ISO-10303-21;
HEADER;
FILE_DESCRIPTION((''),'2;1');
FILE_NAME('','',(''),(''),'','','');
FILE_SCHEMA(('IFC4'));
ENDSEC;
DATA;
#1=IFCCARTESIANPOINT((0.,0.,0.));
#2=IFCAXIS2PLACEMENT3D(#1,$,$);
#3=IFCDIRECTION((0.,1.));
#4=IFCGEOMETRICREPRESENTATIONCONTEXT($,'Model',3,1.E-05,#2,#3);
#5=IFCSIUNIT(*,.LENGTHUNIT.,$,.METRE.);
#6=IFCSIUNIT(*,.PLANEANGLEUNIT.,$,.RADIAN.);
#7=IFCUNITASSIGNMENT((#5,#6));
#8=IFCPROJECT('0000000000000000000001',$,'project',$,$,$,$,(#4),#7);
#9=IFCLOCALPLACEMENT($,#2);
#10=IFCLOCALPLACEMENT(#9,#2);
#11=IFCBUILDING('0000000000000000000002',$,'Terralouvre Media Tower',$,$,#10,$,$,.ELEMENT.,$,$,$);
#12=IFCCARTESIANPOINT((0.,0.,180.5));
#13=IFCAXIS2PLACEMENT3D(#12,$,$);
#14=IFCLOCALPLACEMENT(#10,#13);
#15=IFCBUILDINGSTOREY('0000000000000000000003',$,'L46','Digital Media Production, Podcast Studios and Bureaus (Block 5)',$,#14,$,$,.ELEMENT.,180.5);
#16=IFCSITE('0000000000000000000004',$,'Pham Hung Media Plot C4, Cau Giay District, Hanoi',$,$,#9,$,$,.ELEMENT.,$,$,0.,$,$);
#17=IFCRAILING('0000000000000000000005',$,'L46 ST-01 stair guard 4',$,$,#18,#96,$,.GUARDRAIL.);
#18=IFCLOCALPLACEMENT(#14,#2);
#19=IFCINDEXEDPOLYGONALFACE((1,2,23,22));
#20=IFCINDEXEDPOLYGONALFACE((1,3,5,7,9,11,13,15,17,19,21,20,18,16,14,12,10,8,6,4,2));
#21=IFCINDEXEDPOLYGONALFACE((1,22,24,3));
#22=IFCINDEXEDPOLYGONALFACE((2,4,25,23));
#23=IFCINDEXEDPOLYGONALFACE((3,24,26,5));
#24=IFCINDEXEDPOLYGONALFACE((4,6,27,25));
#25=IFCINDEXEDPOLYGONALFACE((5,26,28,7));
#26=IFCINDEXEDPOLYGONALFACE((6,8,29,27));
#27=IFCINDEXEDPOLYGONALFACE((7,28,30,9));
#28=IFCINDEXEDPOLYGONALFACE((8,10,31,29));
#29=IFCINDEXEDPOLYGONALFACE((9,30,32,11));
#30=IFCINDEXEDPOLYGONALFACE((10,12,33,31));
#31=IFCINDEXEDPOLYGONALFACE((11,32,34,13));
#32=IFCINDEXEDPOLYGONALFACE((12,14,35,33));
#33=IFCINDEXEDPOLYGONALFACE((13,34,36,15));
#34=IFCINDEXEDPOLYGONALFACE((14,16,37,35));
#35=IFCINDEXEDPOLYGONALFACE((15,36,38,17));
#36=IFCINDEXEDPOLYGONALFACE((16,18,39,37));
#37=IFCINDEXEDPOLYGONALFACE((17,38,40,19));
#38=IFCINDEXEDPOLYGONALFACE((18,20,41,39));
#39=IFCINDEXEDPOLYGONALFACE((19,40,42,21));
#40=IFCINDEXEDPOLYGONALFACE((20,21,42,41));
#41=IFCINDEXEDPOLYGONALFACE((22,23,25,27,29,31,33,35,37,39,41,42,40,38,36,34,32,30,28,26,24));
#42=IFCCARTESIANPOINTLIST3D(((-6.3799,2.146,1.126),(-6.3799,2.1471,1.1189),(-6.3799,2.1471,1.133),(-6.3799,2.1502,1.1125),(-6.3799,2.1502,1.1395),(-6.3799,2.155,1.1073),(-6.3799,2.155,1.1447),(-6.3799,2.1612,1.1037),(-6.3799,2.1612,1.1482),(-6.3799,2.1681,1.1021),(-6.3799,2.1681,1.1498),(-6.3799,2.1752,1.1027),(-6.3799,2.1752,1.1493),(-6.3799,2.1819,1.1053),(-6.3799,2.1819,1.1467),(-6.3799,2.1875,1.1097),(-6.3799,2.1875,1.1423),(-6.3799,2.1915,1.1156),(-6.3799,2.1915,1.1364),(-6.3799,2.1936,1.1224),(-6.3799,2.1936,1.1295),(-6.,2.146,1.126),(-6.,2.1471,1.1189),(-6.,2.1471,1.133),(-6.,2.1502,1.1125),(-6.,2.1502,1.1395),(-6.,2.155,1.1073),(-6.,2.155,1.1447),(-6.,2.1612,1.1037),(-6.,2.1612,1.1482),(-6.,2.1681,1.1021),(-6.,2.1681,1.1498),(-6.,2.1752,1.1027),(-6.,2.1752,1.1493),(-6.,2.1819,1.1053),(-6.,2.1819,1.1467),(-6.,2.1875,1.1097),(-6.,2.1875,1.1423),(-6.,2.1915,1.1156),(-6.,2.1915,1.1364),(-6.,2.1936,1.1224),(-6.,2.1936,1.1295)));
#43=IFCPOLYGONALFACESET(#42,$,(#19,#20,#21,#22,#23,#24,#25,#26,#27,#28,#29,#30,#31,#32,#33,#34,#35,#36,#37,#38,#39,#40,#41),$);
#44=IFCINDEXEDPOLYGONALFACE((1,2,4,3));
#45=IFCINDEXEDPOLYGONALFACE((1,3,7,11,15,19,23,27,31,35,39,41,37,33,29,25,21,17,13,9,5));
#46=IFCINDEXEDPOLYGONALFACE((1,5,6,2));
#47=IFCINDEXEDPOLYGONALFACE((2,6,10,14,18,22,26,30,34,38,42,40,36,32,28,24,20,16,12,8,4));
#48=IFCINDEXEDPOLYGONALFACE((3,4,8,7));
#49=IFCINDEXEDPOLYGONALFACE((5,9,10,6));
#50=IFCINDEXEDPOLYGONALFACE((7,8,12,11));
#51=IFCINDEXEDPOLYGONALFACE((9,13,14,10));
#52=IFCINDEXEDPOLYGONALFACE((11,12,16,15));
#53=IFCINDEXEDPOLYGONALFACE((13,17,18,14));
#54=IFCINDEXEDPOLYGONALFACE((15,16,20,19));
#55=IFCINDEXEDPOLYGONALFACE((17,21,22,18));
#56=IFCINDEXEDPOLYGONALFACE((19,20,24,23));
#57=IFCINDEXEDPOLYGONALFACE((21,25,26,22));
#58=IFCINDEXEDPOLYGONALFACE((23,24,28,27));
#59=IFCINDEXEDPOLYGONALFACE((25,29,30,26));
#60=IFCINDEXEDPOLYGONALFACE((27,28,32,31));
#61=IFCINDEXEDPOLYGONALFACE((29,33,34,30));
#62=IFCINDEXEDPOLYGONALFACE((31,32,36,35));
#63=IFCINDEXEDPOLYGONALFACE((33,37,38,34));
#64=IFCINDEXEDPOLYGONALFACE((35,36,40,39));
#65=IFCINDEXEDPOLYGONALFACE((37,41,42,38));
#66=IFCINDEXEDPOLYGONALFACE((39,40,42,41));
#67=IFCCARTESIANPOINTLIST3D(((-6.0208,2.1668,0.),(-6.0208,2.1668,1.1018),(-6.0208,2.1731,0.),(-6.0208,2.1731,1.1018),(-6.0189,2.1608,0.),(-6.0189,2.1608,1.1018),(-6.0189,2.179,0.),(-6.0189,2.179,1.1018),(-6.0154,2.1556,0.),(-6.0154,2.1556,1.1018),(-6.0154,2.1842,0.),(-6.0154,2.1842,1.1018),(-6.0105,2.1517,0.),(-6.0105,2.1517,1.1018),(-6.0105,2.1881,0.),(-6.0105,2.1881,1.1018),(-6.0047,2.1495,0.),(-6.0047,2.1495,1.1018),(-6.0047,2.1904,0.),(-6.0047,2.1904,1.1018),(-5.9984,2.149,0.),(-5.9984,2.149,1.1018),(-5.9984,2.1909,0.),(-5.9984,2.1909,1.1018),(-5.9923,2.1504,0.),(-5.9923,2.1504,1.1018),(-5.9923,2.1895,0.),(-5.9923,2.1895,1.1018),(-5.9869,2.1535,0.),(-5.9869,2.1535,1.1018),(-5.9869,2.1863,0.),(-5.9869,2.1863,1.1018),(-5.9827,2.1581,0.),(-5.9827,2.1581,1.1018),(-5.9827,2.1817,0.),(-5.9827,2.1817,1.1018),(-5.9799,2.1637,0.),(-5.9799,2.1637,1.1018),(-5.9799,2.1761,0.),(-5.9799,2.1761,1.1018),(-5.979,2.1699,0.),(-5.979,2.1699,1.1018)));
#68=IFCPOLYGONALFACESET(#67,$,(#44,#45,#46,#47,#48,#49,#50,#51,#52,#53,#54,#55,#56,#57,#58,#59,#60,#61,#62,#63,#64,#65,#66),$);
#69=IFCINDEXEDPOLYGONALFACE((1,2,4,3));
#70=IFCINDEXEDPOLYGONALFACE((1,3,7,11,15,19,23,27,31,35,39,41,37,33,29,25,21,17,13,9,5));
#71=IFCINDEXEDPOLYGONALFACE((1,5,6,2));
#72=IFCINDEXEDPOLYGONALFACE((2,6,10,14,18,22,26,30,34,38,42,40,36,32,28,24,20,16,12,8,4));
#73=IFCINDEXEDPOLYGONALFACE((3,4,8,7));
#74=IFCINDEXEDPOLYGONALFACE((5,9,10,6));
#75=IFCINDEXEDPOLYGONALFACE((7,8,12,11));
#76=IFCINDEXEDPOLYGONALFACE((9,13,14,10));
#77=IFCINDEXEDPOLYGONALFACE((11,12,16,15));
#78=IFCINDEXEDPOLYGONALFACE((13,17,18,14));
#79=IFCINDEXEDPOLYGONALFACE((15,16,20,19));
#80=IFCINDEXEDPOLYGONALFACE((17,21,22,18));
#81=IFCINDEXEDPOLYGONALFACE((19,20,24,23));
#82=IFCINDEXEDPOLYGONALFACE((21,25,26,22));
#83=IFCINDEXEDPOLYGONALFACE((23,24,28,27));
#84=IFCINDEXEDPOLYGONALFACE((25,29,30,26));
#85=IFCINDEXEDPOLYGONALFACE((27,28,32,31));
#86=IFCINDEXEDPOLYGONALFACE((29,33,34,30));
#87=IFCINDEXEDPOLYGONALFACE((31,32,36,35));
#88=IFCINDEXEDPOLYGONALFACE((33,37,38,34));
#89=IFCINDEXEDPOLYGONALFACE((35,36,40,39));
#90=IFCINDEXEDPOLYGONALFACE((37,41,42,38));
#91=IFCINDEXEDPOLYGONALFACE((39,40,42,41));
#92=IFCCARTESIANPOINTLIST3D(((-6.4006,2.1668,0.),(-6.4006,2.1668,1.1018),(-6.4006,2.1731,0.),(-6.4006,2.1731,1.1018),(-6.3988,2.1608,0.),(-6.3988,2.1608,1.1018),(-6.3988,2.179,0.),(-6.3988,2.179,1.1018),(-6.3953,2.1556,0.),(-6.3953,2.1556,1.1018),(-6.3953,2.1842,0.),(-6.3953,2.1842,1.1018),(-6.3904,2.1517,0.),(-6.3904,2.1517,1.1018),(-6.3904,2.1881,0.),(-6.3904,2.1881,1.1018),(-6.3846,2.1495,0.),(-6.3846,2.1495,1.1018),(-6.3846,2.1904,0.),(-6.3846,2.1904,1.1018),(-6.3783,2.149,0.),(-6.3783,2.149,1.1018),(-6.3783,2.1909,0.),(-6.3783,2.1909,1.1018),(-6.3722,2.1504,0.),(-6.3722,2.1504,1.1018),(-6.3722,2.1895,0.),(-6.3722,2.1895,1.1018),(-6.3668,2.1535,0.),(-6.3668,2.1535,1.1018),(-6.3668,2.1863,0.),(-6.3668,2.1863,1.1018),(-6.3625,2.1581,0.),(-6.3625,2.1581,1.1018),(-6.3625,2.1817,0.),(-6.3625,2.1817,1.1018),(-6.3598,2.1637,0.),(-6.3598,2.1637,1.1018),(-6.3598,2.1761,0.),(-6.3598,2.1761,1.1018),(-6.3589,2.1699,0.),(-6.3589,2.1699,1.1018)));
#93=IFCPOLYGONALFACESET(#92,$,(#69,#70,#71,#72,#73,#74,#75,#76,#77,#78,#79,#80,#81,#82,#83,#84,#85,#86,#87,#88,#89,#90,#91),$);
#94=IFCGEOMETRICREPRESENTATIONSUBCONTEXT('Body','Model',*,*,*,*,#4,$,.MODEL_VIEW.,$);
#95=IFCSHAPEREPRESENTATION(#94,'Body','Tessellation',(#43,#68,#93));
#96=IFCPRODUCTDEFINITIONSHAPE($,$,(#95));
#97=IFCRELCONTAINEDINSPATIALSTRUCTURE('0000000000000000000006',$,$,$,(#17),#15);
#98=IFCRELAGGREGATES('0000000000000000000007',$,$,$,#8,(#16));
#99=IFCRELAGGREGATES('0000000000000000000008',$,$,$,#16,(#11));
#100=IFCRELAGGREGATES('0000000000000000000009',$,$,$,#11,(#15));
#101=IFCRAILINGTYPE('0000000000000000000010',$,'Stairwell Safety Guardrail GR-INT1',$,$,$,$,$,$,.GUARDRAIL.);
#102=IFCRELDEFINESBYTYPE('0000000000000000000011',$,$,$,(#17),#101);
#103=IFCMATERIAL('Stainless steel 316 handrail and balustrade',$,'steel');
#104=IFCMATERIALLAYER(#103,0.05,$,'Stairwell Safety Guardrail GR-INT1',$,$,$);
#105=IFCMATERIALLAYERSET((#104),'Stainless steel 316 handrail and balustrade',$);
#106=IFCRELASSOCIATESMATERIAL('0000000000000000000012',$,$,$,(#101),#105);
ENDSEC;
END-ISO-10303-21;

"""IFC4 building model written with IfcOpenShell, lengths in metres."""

from ifc_helpers import new_model, si_unit, direction, frame, origin, origin_2d, place, context, subcontext, project, spatial, circle, extrude, material, layer, layer_set, type_object, element, save


model = new_model("IFC4")

# Units and contexts
model_context = context("Model", 3, precision=1e-05, world=origin(), true_north=direction((0.0, 1.0)))
body_context = subcontext(model_context, "Body", "Model", "MODEL_VIEW")
ifc_project = project(units=[si_unit("LENGTHUNIT", "METRE"), si_unit("PLANEANGLEUNIT", "RADIAN")], contexts=[model_context])

# Site, building, storey
site_placement = place(None, origin())
site = spatial("IfcSite", under=ifc_project, at=site_placement, Name="Pham Hung Media Plot C4, Cau Giay District, Hanoi", CompositionType="ELEMENT", RefElevation=0.0)
building_placement = place(site_placement, origin())
building = spatial("IfcBuilding", under=site, at=building_placement, Name="Terralouvre Media Tower", CompositionType="ELEMENT")
storey_placement = place(building_placement, frame((0.0, 0.0, 180.5)))
storey = spatial("IfcBuildingStorey", under=building, at=storey_placement, Name="L46", Description="Digital Media Production, Podcast Studios and Bureaus (Block 5)", CompositionType="ELEMENT", Elevation=180.5)

# Railing
ifc_material_1 = material(Name="Stainless steel 316 handrail and balustrade", Category="steel")
ifc_layer_1 = layer(ifc_material_1, 0.05, Name="Stairwell Safety Guardrail GR-INT1")
ifc_layer_set_1 = layer_set([ifc_layer_1], Name="Stainless steel 316 handrail and balustrade")
railing_type_1 = type_object("IfcRailingType", Name="Stairwell Safety Guardrail GR-INT1", PredefinedType="GUARDRAIL", material=ifc_layer_set_1)
railing_1_placement = place(storey_placement, frame((-6.0, 2.1699, 0.0)))
element("IfcRailing", 1, at=railing_1_placement, inside=storey, type_object=railing_type_1, Name="L46 ST-01 stair guard 4", PredefinedType="GUARDRAIL", context=body_context, shape_type="SweptSolid", body=[
    extrude(circle(Radius=0.0239, at=origin_2d()), frame((0.0, 0.0, 1.126), z_axis=(-1.0, 0.0, 0.0), x_axis=(0.0, -1.0, 0.0)), (0.0, 0.0, 1.0), 0.3799),
    extrude(circle(Radius=0.021, at=origin_2d()), origin(), (0.0, 0.0, 1.0), 1.1018),
    extrude(circle(Radius=0.021, at=origin_2d()), frame((-0.3799, 0.0, 0.0)), (0.0, 0.0, 1.0), 1.1018),
])

save(model, "model.ifc")
